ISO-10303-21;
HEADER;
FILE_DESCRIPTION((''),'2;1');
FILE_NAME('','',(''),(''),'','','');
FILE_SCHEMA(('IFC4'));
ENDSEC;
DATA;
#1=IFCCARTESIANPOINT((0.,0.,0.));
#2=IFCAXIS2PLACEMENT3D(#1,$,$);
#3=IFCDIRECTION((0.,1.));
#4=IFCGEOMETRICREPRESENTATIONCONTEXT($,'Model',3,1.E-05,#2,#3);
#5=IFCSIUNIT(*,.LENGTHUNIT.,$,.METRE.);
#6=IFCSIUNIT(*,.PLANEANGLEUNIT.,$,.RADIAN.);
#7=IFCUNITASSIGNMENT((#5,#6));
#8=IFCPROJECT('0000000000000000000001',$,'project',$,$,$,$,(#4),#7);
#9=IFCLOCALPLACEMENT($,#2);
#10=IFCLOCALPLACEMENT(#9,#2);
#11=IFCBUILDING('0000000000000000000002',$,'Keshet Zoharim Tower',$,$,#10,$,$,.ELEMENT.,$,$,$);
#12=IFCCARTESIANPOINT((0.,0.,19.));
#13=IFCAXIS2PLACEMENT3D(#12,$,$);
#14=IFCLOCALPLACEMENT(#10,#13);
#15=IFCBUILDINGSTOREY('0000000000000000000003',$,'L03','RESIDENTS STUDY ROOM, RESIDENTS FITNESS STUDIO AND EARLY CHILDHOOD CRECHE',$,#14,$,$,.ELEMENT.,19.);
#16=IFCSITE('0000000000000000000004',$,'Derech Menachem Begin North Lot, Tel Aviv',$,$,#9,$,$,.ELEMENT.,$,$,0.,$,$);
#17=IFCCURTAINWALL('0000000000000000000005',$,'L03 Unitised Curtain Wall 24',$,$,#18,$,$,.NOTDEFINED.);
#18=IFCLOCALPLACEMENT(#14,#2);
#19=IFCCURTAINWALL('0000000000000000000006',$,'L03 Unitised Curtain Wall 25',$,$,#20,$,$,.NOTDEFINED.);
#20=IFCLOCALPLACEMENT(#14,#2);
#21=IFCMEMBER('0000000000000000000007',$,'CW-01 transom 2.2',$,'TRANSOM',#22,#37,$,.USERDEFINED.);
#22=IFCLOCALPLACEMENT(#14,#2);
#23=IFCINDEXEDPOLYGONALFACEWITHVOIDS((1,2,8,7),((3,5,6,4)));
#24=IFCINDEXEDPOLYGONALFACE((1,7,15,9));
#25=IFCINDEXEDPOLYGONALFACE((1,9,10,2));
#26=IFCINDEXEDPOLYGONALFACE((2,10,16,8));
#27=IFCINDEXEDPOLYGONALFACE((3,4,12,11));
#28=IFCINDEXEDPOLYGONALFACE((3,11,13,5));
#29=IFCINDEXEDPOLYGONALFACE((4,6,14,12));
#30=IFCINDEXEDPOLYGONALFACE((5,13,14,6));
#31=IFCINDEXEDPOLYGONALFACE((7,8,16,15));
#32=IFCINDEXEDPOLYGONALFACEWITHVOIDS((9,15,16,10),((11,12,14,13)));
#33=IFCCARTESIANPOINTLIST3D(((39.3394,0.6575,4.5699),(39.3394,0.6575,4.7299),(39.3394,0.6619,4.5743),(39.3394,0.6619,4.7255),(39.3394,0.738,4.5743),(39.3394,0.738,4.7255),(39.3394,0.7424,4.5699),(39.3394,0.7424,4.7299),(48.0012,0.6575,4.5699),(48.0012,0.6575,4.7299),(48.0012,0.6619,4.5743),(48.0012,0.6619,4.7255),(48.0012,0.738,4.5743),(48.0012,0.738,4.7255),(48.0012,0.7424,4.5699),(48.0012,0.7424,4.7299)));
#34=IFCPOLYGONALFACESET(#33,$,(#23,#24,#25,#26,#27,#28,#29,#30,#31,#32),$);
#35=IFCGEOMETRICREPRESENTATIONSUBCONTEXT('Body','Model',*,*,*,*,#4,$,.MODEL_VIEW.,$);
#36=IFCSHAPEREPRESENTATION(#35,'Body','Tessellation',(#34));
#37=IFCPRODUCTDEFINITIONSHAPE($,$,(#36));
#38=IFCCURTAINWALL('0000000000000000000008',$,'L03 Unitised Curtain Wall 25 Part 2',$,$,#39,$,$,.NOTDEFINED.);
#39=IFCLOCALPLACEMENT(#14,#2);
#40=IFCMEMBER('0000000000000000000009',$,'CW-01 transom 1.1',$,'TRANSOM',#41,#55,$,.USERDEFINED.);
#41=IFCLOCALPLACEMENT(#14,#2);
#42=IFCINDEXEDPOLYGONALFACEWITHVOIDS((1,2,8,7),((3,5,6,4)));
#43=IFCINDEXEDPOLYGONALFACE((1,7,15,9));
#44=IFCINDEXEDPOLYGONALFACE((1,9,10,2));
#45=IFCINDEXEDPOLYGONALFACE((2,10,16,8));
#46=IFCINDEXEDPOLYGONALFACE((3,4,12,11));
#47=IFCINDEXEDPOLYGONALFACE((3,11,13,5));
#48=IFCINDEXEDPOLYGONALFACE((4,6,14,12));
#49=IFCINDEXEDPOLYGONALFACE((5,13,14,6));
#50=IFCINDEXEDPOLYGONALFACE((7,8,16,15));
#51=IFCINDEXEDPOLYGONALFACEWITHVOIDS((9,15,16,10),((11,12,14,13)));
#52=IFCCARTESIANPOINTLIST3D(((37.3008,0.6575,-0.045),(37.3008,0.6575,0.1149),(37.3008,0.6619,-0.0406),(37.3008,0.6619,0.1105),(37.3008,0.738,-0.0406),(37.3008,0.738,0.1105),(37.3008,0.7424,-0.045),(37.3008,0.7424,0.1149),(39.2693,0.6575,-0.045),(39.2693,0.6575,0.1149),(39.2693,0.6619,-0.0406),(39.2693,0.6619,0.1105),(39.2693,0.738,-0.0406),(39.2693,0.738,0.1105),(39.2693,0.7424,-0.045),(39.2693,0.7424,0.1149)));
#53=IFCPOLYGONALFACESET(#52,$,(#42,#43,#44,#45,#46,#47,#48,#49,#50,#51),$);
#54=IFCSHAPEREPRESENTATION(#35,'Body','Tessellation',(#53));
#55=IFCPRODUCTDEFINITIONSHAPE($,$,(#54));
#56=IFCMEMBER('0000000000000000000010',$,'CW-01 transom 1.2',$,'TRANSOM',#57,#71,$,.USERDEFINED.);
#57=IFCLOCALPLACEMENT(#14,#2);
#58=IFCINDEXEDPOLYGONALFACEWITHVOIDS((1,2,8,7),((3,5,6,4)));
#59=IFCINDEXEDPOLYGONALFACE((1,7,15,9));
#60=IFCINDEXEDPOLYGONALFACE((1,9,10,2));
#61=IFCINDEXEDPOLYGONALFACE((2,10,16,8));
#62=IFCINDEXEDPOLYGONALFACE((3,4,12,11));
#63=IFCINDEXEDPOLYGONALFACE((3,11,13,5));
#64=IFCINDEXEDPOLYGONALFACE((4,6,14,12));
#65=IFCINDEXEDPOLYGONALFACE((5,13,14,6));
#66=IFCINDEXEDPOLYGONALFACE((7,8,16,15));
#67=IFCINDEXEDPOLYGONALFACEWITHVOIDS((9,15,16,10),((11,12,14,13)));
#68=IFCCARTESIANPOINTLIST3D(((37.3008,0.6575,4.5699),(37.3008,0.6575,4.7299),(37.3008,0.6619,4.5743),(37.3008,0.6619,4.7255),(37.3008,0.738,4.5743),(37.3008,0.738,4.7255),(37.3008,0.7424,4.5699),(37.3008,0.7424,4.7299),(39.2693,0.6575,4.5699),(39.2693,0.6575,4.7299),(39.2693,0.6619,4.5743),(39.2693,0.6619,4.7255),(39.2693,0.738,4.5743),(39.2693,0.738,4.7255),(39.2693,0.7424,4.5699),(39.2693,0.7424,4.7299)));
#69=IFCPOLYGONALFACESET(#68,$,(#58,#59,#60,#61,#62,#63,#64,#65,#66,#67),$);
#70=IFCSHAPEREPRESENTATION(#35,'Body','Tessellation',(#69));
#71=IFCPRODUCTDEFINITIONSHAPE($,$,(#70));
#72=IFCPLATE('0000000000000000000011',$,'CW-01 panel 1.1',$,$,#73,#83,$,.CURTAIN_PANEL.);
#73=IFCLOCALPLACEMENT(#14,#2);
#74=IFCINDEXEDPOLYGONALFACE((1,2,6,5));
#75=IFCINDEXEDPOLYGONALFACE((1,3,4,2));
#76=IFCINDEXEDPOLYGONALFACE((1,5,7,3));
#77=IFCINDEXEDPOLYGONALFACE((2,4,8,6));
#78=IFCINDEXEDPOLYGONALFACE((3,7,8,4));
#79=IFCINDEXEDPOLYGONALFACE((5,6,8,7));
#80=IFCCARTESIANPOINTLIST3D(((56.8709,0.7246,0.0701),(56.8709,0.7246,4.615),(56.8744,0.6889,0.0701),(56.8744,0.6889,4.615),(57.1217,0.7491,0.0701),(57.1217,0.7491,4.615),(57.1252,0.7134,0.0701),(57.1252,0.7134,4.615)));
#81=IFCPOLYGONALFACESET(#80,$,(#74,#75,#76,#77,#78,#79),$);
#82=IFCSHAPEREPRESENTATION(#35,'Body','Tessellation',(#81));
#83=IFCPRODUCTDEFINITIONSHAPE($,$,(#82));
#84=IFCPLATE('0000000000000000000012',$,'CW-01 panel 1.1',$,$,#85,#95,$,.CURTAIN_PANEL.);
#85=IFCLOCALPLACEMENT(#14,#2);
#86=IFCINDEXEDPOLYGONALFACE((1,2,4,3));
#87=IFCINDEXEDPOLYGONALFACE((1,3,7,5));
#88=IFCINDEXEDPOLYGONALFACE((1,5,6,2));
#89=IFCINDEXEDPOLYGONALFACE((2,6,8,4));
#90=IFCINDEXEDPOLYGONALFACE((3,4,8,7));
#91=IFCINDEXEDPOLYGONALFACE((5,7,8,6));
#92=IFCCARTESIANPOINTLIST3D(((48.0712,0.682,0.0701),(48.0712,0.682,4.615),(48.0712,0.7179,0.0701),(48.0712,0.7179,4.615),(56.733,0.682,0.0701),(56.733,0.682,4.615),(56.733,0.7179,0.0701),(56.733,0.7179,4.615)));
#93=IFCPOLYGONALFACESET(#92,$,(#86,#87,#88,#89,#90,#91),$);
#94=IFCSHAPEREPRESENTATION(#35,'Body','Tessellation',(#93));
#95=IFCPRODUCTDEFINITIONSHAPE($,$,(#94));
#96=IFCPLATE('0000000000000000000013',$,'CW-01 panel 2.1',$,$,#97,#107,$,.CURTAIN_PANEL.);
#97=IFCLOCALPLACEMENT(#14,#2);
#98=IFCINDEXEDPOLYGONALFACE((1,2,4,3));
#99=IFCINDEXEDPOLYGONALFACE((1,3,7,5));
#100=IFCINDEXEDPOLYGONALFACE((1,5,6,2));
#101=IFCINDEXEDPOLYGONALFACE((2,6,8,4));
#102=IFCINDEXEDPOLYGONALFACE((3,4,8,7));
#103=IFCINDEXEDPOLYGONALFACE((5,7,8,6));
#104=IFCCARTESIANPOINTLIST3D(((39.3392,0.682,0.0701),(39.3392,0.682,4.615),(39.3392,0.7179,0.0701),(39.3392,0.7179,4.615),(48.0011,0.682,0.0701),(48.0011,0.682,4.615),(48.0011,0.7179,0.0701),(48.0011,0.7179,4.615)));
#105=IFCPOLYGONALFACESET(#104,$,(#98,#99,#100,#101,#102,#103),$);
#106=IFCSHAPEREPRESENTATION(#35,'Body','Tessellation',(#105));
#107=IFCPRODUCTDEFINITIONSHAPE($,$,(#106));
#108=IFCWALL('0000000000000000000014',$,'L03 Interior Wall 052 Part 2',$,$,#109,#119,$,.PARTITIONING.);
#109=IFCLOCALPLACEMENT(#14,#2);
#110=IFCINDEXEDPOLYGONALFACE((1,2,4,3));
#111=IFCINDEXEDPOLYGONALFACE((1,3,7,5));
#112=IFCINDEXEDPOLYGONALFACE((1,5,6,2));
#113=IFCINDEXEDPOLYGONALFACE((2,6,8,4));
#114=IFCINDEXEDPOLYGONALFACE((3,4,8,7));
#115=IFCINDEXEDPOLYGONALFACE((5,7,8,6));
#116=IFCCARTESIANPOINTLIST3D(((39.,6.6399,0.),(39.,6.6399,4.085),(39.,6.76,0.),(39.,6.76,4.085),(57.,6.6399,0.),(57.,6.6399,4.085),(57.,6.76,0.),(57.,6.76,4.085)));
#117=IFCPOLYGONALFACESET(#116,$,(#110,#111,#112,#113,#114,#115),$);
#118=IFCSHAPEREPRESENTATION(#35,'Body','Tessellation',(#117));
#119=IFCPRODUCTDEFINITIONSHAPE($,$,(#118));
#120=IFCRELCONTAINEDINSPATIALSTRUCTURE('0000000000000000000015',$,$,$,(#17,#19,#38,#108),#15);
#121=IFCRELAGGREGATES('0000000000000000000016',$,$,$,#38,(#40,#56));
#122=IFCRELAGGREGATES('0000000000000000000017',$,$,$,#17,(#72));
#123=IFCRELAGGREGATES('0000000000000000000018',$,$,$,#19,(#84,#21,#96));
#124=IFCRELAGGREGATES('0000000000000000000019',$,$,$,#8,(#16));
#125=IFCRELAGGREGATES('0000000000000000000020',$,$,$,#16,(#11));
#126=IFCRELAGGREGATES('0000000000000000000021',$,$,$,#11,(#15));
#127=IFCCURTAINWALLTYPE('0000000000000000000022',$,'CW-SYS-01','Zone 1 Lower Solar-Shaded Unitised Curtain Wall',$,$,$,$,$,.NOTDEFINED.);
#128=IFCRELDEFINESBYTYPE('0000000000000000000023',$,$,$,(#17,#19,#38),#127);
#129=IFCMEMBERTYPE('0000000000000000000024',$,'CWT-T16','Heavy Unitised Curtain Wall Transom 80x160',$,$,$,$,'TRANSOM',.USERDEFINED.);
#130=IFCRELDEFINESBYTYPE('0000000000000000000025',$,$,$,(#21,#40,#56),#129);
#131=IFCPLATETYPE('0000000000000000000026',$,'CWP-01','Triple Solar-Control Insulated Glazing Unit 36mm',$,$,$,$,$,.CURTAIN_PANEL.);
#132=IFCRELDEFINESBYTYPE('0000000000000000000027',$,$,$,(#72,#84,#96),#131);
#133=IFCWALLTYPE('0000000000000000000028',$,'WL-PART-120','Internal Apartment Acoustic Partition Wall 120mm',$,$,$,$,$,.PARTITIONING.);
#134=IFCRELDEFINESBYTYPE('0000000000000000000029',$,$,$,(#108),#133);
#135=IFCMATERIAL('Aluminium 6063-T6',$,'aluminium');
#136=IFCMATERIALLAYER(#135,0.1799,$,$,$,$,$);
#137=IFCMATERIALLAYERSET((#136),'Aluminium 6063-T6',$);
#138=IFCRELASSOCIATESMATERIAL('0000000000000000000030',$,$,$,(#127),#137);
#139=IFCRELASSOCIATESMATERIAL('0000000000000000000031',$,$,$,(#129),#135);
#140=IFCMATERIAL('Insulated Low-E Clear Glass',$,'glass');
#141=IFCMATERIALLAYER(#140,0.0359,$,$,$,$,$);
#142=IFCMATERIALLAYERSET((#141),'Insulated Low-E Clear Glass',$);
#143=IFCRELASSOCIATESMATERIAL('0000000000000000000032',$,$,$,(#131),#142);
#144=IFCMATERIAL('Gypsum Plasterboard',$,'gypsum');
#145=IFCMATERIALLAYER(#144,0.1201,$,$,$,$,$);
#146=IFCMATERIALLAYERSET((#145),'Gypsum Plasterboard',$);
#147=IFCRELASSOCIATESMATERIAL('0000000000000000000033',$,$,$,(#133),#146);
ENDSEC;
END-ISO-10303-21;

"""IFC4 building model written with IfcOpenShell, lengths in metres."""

from ifc_helpers import new_model, si_unit, direction, frame, frame_2d, origin, origin_2d, place, context, subcontext, project, spatial, rectangle, hollow_rectangle, extrude, material, layer, layer_set, material_profile, profile_set, type_object, element, aggregate, save


model = new_model("IFC4")

# Units and contexts
model_context = context("Model", 3, precision=1e-05, world=origin(), true_north=direction((0.0, 1.0)))
body_context = subcontext(model_context, "Body", "Model", "MODEL_VIEW")
ifc_project = project(units=[si_unit("LENGTHUNIT", "METRE"), si_unit("PLANEANGLEUNIT", "RADIAN")], contexts=[model_context])

# Site, building, storey
site_placement = place(None, origin())
site = spatial("IfcSite", under=ifc_project, at=site_placement, Name="Derech Menachem Begin North Lot, Tel Aviv", CompositionType="ELEMENT", RefElevation=0.0)
building_placement = place(site_placement, origin())
building = spatial("IfcBuilding", under=site, at=building_placement, Name="Keshet Zoharim Tower", CompositionType="ELEMENT")
storey_placement = place(building_placement, frame((0.0, 0.0, 19.0)))
storey = spatial("IfcBuildingStorey", under=building, at=storey_placement, Name="L03", Description="RESIDENTS STUDY ROOM, RESIDENTS FITNESS STUDIO AND EARLY CHILDHOOD CRECHE", CompositionType="ELEMENT", Elevation=19.0)

# Shared definitions
ifc_material_1 = material(Name="Aluminium 6063-T6", Category="aluminium")
ifc_layer_1 = layer(ifc_material_1, 0.1799)
ifc_layer_set_1 = layer_set([ifc_layer_1], Name="Aluminium 6063-T6")
curtain_wall_type = type_object("IfcCurtainWallType", Name="CW-SYS-01", Description="Zone 1 Lower Solar-Shaded Unitised Curtain Wall", PredefinedType="NOTDEFINED", material=ifc_layer_set_1)

# Curtain walls
curtain_wall_1_placement = place(storey_placement, origin())
curtain_wall_1 = element("IfcCurtainWall", 1, at=curtain_wall_1_placement, inside=storey, type_object=curtain_wall_type, Name="L03 Unitised Curtain Wall 24", PredefinedType="NOTDEFINED")
curtain_wall_2_placement = place(storey_placement, origin())
curtain_wall_2 = element("IfcCurtainWall", 2, at=curtain_wall_2_placement, inside=storey, type_object=curtain_wall_type, Name="L03 Unitised Curtain Wall 25", PredefinedType="NOTDEFINED")

# Member
ifc_material_profile_1 = material_profile(ifc_material_1, hollow_rectangle(XDim=0.085, YDim=0.1599, WallThickness=0.0044, at=origin_2d()), Name="TRN-85x160")
ifc_profile_set_1 = profile_set([ifc_material_profile_1], Name="Aluminium 6063-T6")
member_type_1 = type_object("IfcMemberType", Name="CWT-T16", Description="Heavy Unitised Curtain Wall Transom 80x160", ElementType="TRANSOM", PredefinedType="USERDEFINED", material=ifc_profile_set_1)
member_1_placement = place(storey_placement, frame((48.0012, 0.7, 4.6499), z_axis=(-1.0, 0.0, 0.0), x_axis=(0.0, -1.0, 0.0)))
member_1 = element("IfcMember", 3, at=member_1_placement, type_object=member_type_1, Name="CW-01 transom 2.2", ObjectType="TRANSOM", PredefinedType="USERDEFINED", context=body_context, shape_type="SweptSolid", body=[
    extrude(hollow_rectangle(XDim=0.085, YDim=0.1599, WallThickness=0.0044, at=origin_2d()), origin(), (0.0, 0.0, 1.0), 8.6619),
])

# Curtain wall, members
curtain_wall_3_placement = place(storey_placement, origin())
curtain_wall_3 = element("IfcCurtainWall", 4, at=curtain_wall_3_placement, inside=storey, type_object=curtain_wall_type, Name="L03 Unitised Curtain Wall 25 Part 2", PredefinedType="NOTDEFINED")
member_2_placement = place(storey_placement, frame((39.2693, 0.7, 0.0349), z_axis=(-1.0, 0.0, 0.0), x_axis=(0.0, -1.0, 0.0)))
member_2 = element("IfcMember", 5, at=member_2_placement, type_object=member_type_1, Name="CW-01 transom 1.1", ObjectType="TRANSOM", PredefinedType="USERDEFINED", context=body_context, shape_type="SweptSolid", body=[
    extrude(hollow_rectangle(XDim=0.085, YDim=0.1599, WallThickness=0.0044, at=origin_2d()), origin(), (0.0, 0.0, 1.0), 1.9685),
])
member_3_placement = place(storey_placement, frame((39.2693, 0.7, 4.6499), z_axis=(-1.0, 0.0, 0.0), x_axis=(0.0, -1.0, 0.0)))
member_3 = element("IfcMember", 6, at=member_3_placement, type_object=member_type_1, Name="CW-01 transom 1.2", ObjectType="TRANSOM", PredefinedType="USERDEFINED", context=body_context, shape_type="SweptSolid", body=[
    extrude(hollow_rectangle(XDim=0.085, YDim=0.1599, WallThickness=0.0044, at=origin_2d()), origin(), (0.0, 0.0, 1.0), 1.9685),
])
aggregate(curtain_wall_3, [member_2, member_3])

# Plates
ifc_material_2 = material(Name="Insulated Low-E Clear Glass", Category="glass")
ifc_layer_2 = layer(ifc_material_2, 0.0359)
ifc_layer_set_2 = layer_set([ifc_layer_2], Name="Insulated Low-E Clear Glass")
plate_type = type_object("IfcPlateType", Name="CWP-01", Description="Triple Solar-Control Insulated Glazing Unit 36mm", PredefinedType="CURTAIN_PANEL", material=ifc_layer_set_2)
plate_1_placement = place(storey_placement, frame((56.998, 0.719, 0.0701), z_axis=(0.0, 0.0, 1.0), x_axis=(-0.995287, -0.096977, 0.0)))
plate_1 = element("IfcPlate", 7, at=plate_1_placement, type_object=plate_type, Name="CW-01 panel 1.1", PredefinedType="CURTAIN_PANEL", context=body_context, shape_type="SweptSolid", body=[
    extrude(rectangle(XDim=0.252, YDim=0.0359, at=origin_2d()), origin(), (0.0, 0.0, 1.0), 4.5449),
])
aggregate(curtain_wall_1, [plate_1])
plate_2_placement = place(storey_placement, frame((52.4021, 0.7, 0.0701), z_axis=(0.0, 0.0, 1.0), x_axis=(-1.0, 0.0, 0.0)))
plate_2 = element("IfcPlate", 8, at=plate_2_placement, type_object=plate_type, Name="CW-01 panel 1.1", PredefinedType="CURTAIN_PANEL", context=body_context, shape_type="SweptSolid", body=[
    extrude(rectangle(XDim=8.6619, YDim=0.0359, at=origin_2d()), origin(), (0.0, 0.0, 1.0), 4.5449),
])
plate_3_placement = place(storey_placement, frame((43.6702, 0.7, 0.0701), z_axis=(0.0, 0.0, 1.0), x_axis=(-1.0, 0.0, 0.0)))
plate_3 = element("IfcPlate", 9, at=plate_3_placement, type_object=plate_type, Name="CW-01 panel 2.1", PredefinedType="CURTAIN_PANEL", context=body_context, shape_type="SweptSolid", body=[
    extrude(rectangle(XDim=8.6619, YDim=0.0359, at=origin_2d()), origin(), (0.0, 0.0, 1.0), 4.5449),
])
aggregate(curtain_wall_2, [plate_2, member_1, plate_3])

# Wall
ifc_material_3 = material(Name="Gypsum Plasterboard", Category="gypsum")
ifc_layer_3 = layer(ifc_material_3, 0.1201)
ifc_layer_set_3 = layer_set([ifc_layer_3], Name="Gypsum Plasterboard")
wall_type = type_object("IfcWallType", Name="WL-PART-120", Description="Internal Apartment Acoustic Partition Wall 120mm", PredefinedType="PARTITIONING", material=ifc_layer_set_3)
wall_placement = place(storey_placement, frame((39.0, 6.7, 0.0), z_axis=(0.0, 0.0, 1.0), x_axis=(1.0, 0.0, 0.0)))
element("IfcWall", 10, at=wall_placement, inside=storey, type_object=wall_type, Name="L03 Interior Wall 052 Part 2", PredefinedType="PARTITIONING", context=body_context, shape_type="SweptSolid", body=[
    extrude(rectangle(XDim=18.0, YDim=0.1201, at=frame_2d((9.0, 0.0))), origin(), (0.0, 0.0, 1.0), 4.085),
])

save(model, "model.ifc")
